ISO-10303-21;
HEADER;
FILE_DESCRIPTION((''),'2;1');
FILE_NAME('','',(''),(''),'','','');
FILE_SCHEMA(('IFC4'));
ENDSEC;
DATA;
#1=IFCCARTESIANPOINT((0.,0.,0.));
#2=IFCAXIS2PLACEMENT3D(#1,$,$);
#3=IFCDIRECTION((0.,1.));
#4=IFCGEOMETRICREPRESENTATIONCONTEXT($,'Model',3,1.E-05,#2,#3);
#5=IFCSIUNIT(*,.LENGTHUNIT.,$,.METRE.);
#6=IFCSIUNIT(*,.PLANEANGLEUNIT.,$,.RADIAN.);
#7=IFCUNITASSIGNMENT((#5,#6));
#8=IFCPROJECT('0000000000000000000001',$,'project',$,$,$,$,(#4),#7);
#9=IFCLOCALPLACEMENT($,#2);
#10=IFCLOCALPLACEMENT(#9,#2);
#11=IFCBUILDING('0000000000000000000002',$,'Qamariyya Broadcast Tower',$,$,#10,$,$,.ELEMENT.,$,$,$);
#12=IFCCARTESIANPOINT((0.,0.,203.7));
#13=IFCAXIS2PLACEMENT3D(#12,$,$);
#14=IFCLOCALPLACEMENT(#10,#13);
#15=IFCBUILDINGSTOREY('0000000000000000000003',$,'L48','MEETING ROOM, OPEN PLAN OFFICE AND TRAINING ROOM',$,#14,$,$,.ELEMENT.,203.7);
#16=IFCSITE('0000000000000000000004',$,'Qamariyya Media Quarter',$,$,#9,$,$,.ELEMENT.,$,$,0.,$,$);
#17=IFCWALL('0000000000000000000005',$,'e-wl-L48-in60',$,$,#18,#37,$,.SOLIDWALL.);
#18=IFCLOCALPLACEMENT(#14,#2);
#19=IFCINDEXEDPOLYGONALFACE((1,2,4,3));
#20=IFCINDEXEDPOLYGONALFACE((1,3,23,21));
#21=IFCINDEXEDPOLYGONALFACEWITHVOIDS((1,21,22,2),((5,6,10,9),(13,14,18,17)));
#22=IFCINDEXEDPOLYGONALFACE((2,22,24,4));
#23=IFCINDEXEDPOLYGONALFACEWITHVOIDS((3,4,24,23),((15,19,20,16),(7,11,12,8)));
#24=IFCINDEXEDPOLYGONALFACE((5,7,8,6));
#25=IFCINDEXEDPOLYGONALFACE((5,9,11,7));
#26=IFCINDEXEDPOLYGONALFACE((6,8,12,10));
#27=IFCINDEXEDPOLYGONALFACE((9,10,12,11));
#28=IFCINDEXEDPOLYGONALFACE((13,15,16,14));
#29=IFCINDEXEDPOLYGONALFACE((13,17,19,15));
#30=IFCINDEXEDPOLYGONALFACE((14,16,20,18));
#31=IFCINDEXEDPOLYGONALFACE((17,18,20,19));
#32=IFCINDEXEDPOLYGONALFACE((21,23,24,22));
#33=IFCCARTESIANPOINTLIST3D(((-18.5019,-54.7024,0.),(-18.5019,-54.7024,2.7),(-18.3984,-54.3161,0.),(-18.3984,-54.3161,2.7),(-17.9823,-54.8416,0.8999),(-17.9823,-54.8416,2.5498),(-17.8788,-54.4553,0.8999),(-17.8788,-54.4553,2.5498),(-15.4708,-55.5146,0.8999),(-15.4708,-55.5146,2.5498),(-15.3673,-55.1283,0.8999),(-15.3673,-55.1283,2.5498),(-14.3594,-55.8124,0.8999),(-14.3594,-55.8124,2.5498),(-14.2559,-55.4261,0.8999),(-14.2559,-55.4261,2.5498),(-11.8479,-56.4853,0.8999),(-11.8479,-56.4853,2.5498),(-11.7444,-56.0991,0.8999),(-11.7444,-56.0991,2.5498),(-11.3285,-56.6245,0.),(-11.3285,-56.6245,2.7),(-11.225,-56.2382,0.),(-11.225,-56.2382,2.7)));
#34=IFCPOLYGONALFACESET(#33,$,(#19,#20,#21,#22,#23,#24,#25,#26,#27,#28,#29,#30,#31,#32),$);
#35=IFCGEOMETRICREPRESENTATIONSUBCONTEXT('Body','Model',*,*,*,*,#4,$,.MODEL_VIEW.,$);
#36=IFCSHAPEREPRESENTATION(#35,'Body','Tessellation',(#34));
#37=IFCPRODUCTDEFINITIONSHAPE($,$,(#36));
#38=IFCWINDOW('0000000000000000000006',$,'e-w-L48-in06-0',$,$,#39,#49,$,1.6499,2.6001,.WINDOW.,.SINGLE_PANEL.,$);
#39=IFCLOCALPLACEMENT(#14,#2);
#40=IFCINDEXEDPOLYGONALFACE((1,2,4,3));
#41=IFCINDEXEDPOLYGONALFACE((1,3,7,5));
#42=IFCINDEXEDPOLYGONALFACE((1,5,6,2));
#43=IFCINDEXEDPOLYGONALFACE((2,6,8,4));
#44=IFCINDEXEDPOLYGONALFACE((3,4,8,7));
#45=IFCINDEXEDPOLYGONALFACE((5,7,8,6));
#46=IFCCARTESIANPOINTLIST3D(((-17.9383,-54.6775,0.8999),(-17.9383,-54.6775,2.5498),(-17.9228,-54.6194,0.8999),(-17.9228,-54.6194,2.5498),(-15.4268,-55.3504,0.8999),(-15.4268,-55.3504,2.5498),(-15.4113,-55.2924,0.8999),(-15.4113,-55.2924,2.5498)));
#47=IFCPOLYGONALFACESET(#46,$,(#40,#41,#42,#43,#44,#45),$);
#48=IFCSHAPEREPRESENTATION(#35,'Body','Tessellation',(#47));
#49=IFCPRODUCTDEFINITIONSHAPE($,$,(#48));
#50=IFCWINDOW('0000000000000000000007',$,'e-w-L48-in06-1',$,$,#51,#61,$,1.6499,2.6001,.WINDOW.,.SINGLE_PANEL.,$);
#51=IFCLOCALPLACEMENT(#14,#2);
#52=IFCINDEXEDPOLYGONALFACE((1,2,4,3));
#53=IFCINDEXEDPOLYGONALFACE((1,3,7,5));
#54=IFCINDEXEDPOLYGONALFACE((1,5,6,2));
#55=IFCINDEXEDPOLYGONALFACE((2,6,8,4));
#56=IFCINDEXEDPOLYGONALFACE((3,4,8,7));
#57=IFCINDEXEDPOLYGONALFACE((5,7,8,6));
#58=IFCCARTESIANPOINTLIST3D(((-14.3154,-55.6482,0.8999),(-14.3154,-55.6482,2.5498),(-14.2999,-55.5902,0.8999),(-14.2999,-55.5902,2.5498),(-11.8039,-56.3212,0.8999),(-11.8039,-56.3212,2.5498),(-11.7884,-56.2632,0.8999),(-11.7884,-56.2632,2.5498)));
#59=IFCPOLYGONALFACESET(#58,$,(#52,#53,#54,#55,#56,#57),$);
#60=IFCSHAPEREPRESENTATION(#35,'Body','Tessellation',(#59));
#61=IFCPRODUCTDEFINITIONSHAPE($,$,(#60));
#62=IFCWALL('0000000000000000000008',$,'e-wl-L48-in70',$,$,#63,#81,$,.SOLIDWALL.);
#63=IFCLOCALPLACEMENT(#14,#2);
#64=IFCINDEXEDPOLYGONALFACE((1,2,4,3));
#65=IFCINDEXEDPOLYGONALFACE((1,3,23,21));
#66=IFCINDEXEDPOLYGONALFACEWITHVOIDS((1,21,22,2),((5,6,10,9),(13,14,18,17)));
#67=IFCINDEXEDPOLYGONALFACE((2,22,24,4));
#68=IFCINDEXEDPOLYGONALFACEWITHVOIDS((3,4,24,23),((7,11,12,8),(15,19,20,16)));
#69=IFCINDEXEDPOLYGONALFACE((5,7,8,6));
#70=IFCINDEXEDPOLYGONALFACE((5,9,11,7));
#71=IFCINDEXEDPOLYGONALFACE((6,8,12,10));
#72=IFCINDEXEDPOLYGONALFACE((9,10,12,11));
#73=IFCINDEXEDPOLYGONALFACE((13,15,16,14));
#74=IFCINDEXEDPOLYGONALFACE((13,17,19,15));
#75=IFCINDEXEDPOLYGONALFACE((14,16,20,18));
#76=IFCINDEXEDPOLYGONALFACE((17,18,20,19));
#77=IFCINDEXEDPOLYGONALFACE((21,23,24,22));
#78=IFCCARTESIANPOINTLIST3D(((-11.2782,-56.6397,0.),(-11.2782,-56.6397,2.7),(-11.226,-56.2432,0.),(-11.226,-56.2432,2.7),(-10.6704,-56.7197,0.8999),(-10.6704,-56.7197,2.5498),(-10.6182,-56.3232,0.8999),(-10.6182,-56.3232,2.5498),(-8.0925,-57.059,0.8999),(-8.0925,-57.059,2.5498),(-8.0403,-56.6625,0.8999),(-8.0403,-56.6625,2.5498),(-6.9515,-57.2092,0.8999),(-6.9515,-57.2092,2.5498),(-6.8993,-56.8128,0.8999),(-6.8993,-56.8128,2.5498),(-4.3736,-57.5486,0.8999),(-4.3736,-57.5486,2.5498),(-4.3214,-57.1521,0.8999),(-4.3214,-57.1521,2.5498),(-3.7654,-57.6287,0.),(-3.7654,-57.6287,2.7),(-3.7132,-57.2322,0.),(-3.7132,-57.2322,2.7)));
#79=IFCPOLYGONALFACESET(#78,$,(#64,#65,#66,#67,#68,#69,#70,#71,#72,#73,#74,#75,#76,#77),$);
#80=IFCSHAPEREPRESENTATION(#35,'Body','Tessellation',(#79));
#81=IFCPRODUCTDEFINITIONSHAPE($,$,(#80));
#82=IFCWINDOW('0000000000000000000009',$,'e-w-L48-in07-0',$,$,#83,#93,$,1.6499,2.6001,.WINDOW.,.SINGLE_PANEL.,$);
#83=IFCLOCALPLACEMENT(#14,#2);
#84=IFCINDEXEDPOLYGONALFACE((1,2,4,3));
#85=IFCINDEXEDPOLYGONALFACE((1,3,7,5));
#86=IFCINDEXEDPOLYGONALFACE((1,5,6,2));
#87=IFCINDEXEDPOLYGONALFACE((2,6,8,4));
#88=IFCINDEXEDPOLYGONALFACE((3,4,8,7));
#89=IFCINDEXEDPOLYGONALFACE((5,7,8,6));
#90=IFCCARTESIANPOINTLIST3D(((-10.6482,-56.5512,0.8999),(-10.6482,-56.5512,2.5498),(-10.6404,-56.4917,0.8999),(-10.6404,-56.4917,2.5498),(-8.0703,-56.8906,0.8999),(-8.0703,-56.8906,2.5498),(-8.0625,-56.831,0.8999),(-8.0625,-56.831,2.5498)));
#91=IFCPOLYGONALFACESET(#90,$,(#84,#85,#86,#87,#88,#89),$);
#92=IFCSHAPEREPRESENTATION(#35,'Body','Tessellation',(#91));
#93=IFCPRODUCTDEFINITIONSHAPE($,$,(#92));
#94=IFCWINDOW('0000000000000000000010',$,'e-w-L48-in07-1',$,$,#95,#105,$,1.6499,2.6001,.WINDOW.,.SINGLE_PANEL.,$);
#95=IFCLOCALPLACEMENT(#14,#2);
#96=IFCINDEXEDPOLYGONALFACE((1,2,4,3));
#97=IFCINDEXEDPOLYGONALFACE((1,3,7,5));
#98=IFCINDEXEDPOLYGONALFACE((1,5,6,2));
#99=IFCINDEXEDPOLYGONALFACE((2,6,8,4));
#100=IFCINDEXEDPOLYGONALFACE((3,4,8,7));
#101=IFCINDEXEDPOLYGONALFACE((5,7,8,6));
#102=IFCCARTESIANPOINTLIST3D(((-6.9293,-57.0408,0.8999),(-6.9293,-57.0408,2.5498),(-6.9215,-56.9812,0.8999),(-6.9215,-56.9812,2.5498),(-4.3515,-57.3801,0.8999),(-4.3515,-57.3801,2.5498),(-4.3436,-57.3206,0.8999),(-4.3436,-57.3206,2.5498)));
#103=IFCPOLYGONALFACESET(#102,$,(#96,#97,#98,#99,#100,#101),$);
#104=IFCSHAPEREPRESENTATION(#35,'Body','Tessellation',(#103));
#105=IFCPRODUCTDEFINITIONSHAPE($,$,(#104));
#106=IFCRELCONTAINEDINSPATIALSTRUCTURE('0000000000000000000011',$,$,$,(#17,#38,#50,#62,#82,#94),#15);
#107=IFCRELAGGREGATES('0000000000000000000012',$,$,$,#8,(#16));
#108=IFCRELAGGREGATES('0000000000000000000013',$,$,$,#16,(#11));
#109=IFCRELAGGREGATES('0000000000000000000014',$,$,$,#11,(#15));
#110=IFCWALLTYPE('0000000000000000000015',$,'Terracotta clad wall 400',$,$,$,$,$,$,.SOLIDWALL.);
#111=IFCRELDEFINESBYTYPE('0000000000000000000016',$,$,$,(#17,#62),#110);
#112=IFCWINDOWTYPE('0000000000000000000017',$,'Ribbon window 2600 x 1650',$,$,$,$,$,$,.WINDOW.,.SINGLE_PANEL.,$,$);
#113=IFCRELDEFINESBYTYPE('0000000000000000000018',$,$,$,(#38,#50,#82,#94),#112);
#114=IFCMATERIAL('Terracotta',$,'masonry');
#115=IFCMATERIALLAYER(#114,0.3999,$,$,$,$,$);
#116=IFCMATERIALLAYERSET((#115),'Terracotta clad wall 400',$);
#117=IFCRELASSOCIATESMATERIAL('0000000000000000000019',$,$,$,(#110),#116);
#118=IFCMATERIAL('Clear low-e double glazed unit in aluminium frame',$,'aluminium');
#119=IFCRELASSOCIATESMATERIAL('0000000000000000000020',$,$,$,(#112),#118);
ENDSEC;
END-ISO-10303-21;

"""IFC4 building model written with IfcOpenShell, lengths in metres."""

from ifc_helpers import new_model, si_unit, direction, frame, frame_2d, origin, place, context, subcontext, project, spatial, rectangle, extrude, material, layer, layer_set, type_object, element, fill, save


model = new_model("IFC4")

# Units and contexts
model_context = context("Model", 3, precision=1e-05, world=origin(), true_north=direction((0.0, 1.0)))
body_context = subcontext(model_context, "Body", "Model", "MODEL_VIEW")
ifc_project = project(units=[si_unit("LENGTHUNIT", "METRE"), si_unit("PLANEANGLEUNIT", "RADIAN")], contexts=[model_context])

# Site, building, storey
site_placement = place(None, origin())
site = spatial("IfcSite", under=ifc_project, at=site_placement, Name="Qamariyya Media Quarter", CompositionType="ELEMENT", RefElevation=0.0)
building_placement = place(site_placement, origin())
building = spatial("IfcBuilding", under=site, at=building_placement, Name="Qamariyya Broadcast Tower", CompositionType="ELEMENT")
storey_placement = place(building_placement, frame((0.0, 0.0, 203.7)))
storey = spatial("IfcBuildingStorey", under=building, at=storey_placement, Name="L48", Description="MEETING ROOM, OPEN PLAN OFFICE AND TRAINING ROOM", CompositionType="ELEMENT", Elevation=203.7)

# Walls, openings, windows
ifc_material_1 = material(Name="Terracotta", Category="masonry")
ifc_layer_1 = layer(ifc_material_1, 0.3999)
ifc_layer_set_1 = layer_set([ifc_layer_1], Name="Terracotta clad wall 400")
wall_type_1 = type_object("IfcWallType", Name="Terracotta clad wall 400", PredefinedType="SOLIDWALL", material=ifc_layer_set_1)
ifc_material_2 = material(Name="Clear low-e double glazed unit in aluminium frame", Category="aluminium")
window_type = type_object("IfcWindowType", Name="Ribbon window 2600 x 1650", PartitioningType="SINGLE_PANEL", PredefinedType="WINDOW", material=ifc_material_2)
wall_1_placement = place(storey_placement, frame((-11.2766, -56.4314, 0.0), z_axis=(0.0, 0.0, 1.0), x_axis=(-0.965925, 0.258823, 0.0)))
wall_1 = element("IfcWall", 1, at=wall_1_placement, inside=storey, type_object=wall_type_1, Name="e-wl-L48-in60", PredefinedType="SOLIDWALL", context=body_context, shape_type="SweptSolid", body=[
    extrude(rectangle(XDim=7.4265, YDim=0.3999, at=frame_2d((3.7134, 0.0))), origin(), (0.0, 0.0, 1.0), 2.7),
])
opening_1_placement = place(wall_1_placement, frame((4.2886, 0.0, 0.8999)))
opening_1 = element("IfcOpeningElement", 2, at=opening_1_placement, cuts=wall_1, PredefinedType="OPENING", context=body_context, shape_type="SweptSolid", body=[
    extrude(rectangle(XDim=2.6001, YDim=1.6499, at=frame_2d((1.3, 0.825))), frame((0.0, 0.21, 0.0), z_axis=(0.0, -1.0, 0.0), x_axis=(1.0, 0.0, 0.0)), (0.0, 0.0, 1.0), 0.4199),
])
opening_2_placement = place(wall_1_placement, frame((0.5378, 0.0, 0.8999)))
opening_2 = element("IfcOpeningElement", 3, at=opening_2_placement, cuts=wall_1, PredefinedType="OPENING", context=body_context, shape_type="SweptSolid", body=[
    extrude(rectangle(XDim=2.6001, YDim=1.6499, at=frame_2d((1.3, 0.825))), frame((0.0, 0.21, 0.0), z_axis=(0.0, -1.0, 0.0), x_axis=(1.0, 0.0, 0.0)), (0.0, 0.0, 1.0), 0.4199),
])
window_1_placement = place(opening_1_placement, origin())
window_1 = element("IfcWindow", 4, at=window_1_placement, inside=storey, type_object=window_type, Name="e-w-L48-in06-0", OverallHeight=1.6499, OverallWidth=2.6001, PartitioningType="SINGLE_PANEL", PredefinedType="WINDOW", context=body_context, shape_type="SweptSolid", body=[
    extrude(rectangle(XDim=2.6001, YDim=1.6499, at=frame_2d((1.3, 0.825))), frame((0.0, 0.03, 0.0), z_axis=(0.0, -1.0, 0.0), x_axis=(1.0, 0.0, 0.0)), (0.0, 0.0, 1.0), 0.0601),
])
fill(opening_1, window_1)
window_2_placement = place(opening_2_placement, origin())
window_2 = element("IfcWindow", 5, at=window_2_placement, inside=storey, type_object=window_type, Name="e-w-L48-in06-1", OverallHeight=1.6499, OverallWidth=2.6001, PartitioningType="SINGLE_PANEL", PredefinedType="WINDOW", context=body_context, shape_type="SweptSolid", body=[
    extrude(rectangle(XDim=2.6001, YDim=1.6499, at=frame_2d((1.3, 0.825))), frame((0.0, 0.03, 0.0), z_axis=(0.0, -1.0, 0.0), x_axis=(1.0, 0.0, 0.0)), (0.0, 0.0, 1.0), 0.0601),
])
fill(opening_2, window_2)
wall_2_placement = place(storey_placement, frame((-3.7393, -57.4304, 0.0), z_axis=(0.0, 0.0, 1.0), x_axis=(-0.991446, 0.130515, 0.0)))
wall_2 = element("IfcWall", 6, at=wall_2_placement, inside=storey, type_object=wall_type_1, Name="e-wl-L48-in70", PredefinedType="SOLIDWALL", context=body_context, shape_type="SweptSolid", body=[
    extrude(rectangle(XDim=7.5776, YDim=0.3999, at=frame_2d((3.7888, 0.0))), origin(), (0.0, 0.0, 1.0), 2.7),
])
opening_3_placement = place(wall_2_placement, frame((4.3645, 0.0, 0.8999)))
opening_3 = element("IfcOpeningElement", 7, at=opening_3_placement, cuts=wall_2, PredefinedType="OPENING", context=body_context, shape_type="SweptSolid", body=[
    extrude(rectangle(XDim=2.6001, YDim=1.6499, at=frame_2d((1.3, 0.825))), frame((0.0, 0.21, 0.0), z_axis=(0.0, -1.0, 0.0), x_axis=(1.0, 0.0, 0.0)), (0.0, 0.0, 1.0), 0.4199),
])
opening_4_placement = place(wall_2_placement, frame((0.6135, 0.0, 0.8999)))
opening_4 = element("IfcOpeningElement", 8, at=opening_4_placement, cuts=wall_2, PredefinedType="OPENING", context=body_context, shape_type="SweptSolid", body=[
    extrude(rectangle(XDim=2.6001, YDim=1.6499, at=frame_2d((1.3, 0.825))), frame((0.0, 0.21, 0.0), z_axis=(0.0, -1.0, 0.0), x_axis=(1.0, 0.0, 0.0)), (0.0, 0.0, 1.0), 0.4199),
])
window_3_placement = place(opening_3_placement, origin())
window_3 = element("IfcWindow", 9, at=window_3_placement, inside=storey, type_object=window_type, Name="e-w-L48-in07-0", OverallHeight=1.6499, OverallWidth=2.6001, PartitioningType="SINGLE_PANEL", PredefinedType="WINDOW", context=body_context, shape_type="SweptSolid", body=[
    extrude(rectangle(XDim=2.6001, YDim=1.6499, at=frame_2d((1.3, 0.825))), frame((0.0, 0.03, 0.0), z_axis=(0.0, -1.0, 0.0), x_axis=(1.0, 0.0, 0.0)), (0.0, 0.0, 1.0), 0.0601),
])
fill(opening_3, window_3)
window_4_placement = place(opening_4_placement, origin())
window_4 = element("IfcWindow", 10, at=window_4_placement, inside=storey, type_object=window_type, Name="e-w-L48-in07-1", OverallHeight=1.6499, OverallWidth=2.6001, PartitioningType="SINGLE_PANEL", PredefinedType="WINDOW", context=body_context, shape_type="SweptSolid", body=[
    extrude(rectangle(XDim=2.6001, YDim=1.6499, at=frame_2d((1.3, 0.825))), frame((0.0, 0.03, 0.0), z_axis=(0.0, -1.0, 0.0), x_axis=(1.0, 0.0, 0.0)), (0.0, 0.0, 1.0), 0.0601),
])
fill(opening_4, window_4)

save(model, "model.ifc")
